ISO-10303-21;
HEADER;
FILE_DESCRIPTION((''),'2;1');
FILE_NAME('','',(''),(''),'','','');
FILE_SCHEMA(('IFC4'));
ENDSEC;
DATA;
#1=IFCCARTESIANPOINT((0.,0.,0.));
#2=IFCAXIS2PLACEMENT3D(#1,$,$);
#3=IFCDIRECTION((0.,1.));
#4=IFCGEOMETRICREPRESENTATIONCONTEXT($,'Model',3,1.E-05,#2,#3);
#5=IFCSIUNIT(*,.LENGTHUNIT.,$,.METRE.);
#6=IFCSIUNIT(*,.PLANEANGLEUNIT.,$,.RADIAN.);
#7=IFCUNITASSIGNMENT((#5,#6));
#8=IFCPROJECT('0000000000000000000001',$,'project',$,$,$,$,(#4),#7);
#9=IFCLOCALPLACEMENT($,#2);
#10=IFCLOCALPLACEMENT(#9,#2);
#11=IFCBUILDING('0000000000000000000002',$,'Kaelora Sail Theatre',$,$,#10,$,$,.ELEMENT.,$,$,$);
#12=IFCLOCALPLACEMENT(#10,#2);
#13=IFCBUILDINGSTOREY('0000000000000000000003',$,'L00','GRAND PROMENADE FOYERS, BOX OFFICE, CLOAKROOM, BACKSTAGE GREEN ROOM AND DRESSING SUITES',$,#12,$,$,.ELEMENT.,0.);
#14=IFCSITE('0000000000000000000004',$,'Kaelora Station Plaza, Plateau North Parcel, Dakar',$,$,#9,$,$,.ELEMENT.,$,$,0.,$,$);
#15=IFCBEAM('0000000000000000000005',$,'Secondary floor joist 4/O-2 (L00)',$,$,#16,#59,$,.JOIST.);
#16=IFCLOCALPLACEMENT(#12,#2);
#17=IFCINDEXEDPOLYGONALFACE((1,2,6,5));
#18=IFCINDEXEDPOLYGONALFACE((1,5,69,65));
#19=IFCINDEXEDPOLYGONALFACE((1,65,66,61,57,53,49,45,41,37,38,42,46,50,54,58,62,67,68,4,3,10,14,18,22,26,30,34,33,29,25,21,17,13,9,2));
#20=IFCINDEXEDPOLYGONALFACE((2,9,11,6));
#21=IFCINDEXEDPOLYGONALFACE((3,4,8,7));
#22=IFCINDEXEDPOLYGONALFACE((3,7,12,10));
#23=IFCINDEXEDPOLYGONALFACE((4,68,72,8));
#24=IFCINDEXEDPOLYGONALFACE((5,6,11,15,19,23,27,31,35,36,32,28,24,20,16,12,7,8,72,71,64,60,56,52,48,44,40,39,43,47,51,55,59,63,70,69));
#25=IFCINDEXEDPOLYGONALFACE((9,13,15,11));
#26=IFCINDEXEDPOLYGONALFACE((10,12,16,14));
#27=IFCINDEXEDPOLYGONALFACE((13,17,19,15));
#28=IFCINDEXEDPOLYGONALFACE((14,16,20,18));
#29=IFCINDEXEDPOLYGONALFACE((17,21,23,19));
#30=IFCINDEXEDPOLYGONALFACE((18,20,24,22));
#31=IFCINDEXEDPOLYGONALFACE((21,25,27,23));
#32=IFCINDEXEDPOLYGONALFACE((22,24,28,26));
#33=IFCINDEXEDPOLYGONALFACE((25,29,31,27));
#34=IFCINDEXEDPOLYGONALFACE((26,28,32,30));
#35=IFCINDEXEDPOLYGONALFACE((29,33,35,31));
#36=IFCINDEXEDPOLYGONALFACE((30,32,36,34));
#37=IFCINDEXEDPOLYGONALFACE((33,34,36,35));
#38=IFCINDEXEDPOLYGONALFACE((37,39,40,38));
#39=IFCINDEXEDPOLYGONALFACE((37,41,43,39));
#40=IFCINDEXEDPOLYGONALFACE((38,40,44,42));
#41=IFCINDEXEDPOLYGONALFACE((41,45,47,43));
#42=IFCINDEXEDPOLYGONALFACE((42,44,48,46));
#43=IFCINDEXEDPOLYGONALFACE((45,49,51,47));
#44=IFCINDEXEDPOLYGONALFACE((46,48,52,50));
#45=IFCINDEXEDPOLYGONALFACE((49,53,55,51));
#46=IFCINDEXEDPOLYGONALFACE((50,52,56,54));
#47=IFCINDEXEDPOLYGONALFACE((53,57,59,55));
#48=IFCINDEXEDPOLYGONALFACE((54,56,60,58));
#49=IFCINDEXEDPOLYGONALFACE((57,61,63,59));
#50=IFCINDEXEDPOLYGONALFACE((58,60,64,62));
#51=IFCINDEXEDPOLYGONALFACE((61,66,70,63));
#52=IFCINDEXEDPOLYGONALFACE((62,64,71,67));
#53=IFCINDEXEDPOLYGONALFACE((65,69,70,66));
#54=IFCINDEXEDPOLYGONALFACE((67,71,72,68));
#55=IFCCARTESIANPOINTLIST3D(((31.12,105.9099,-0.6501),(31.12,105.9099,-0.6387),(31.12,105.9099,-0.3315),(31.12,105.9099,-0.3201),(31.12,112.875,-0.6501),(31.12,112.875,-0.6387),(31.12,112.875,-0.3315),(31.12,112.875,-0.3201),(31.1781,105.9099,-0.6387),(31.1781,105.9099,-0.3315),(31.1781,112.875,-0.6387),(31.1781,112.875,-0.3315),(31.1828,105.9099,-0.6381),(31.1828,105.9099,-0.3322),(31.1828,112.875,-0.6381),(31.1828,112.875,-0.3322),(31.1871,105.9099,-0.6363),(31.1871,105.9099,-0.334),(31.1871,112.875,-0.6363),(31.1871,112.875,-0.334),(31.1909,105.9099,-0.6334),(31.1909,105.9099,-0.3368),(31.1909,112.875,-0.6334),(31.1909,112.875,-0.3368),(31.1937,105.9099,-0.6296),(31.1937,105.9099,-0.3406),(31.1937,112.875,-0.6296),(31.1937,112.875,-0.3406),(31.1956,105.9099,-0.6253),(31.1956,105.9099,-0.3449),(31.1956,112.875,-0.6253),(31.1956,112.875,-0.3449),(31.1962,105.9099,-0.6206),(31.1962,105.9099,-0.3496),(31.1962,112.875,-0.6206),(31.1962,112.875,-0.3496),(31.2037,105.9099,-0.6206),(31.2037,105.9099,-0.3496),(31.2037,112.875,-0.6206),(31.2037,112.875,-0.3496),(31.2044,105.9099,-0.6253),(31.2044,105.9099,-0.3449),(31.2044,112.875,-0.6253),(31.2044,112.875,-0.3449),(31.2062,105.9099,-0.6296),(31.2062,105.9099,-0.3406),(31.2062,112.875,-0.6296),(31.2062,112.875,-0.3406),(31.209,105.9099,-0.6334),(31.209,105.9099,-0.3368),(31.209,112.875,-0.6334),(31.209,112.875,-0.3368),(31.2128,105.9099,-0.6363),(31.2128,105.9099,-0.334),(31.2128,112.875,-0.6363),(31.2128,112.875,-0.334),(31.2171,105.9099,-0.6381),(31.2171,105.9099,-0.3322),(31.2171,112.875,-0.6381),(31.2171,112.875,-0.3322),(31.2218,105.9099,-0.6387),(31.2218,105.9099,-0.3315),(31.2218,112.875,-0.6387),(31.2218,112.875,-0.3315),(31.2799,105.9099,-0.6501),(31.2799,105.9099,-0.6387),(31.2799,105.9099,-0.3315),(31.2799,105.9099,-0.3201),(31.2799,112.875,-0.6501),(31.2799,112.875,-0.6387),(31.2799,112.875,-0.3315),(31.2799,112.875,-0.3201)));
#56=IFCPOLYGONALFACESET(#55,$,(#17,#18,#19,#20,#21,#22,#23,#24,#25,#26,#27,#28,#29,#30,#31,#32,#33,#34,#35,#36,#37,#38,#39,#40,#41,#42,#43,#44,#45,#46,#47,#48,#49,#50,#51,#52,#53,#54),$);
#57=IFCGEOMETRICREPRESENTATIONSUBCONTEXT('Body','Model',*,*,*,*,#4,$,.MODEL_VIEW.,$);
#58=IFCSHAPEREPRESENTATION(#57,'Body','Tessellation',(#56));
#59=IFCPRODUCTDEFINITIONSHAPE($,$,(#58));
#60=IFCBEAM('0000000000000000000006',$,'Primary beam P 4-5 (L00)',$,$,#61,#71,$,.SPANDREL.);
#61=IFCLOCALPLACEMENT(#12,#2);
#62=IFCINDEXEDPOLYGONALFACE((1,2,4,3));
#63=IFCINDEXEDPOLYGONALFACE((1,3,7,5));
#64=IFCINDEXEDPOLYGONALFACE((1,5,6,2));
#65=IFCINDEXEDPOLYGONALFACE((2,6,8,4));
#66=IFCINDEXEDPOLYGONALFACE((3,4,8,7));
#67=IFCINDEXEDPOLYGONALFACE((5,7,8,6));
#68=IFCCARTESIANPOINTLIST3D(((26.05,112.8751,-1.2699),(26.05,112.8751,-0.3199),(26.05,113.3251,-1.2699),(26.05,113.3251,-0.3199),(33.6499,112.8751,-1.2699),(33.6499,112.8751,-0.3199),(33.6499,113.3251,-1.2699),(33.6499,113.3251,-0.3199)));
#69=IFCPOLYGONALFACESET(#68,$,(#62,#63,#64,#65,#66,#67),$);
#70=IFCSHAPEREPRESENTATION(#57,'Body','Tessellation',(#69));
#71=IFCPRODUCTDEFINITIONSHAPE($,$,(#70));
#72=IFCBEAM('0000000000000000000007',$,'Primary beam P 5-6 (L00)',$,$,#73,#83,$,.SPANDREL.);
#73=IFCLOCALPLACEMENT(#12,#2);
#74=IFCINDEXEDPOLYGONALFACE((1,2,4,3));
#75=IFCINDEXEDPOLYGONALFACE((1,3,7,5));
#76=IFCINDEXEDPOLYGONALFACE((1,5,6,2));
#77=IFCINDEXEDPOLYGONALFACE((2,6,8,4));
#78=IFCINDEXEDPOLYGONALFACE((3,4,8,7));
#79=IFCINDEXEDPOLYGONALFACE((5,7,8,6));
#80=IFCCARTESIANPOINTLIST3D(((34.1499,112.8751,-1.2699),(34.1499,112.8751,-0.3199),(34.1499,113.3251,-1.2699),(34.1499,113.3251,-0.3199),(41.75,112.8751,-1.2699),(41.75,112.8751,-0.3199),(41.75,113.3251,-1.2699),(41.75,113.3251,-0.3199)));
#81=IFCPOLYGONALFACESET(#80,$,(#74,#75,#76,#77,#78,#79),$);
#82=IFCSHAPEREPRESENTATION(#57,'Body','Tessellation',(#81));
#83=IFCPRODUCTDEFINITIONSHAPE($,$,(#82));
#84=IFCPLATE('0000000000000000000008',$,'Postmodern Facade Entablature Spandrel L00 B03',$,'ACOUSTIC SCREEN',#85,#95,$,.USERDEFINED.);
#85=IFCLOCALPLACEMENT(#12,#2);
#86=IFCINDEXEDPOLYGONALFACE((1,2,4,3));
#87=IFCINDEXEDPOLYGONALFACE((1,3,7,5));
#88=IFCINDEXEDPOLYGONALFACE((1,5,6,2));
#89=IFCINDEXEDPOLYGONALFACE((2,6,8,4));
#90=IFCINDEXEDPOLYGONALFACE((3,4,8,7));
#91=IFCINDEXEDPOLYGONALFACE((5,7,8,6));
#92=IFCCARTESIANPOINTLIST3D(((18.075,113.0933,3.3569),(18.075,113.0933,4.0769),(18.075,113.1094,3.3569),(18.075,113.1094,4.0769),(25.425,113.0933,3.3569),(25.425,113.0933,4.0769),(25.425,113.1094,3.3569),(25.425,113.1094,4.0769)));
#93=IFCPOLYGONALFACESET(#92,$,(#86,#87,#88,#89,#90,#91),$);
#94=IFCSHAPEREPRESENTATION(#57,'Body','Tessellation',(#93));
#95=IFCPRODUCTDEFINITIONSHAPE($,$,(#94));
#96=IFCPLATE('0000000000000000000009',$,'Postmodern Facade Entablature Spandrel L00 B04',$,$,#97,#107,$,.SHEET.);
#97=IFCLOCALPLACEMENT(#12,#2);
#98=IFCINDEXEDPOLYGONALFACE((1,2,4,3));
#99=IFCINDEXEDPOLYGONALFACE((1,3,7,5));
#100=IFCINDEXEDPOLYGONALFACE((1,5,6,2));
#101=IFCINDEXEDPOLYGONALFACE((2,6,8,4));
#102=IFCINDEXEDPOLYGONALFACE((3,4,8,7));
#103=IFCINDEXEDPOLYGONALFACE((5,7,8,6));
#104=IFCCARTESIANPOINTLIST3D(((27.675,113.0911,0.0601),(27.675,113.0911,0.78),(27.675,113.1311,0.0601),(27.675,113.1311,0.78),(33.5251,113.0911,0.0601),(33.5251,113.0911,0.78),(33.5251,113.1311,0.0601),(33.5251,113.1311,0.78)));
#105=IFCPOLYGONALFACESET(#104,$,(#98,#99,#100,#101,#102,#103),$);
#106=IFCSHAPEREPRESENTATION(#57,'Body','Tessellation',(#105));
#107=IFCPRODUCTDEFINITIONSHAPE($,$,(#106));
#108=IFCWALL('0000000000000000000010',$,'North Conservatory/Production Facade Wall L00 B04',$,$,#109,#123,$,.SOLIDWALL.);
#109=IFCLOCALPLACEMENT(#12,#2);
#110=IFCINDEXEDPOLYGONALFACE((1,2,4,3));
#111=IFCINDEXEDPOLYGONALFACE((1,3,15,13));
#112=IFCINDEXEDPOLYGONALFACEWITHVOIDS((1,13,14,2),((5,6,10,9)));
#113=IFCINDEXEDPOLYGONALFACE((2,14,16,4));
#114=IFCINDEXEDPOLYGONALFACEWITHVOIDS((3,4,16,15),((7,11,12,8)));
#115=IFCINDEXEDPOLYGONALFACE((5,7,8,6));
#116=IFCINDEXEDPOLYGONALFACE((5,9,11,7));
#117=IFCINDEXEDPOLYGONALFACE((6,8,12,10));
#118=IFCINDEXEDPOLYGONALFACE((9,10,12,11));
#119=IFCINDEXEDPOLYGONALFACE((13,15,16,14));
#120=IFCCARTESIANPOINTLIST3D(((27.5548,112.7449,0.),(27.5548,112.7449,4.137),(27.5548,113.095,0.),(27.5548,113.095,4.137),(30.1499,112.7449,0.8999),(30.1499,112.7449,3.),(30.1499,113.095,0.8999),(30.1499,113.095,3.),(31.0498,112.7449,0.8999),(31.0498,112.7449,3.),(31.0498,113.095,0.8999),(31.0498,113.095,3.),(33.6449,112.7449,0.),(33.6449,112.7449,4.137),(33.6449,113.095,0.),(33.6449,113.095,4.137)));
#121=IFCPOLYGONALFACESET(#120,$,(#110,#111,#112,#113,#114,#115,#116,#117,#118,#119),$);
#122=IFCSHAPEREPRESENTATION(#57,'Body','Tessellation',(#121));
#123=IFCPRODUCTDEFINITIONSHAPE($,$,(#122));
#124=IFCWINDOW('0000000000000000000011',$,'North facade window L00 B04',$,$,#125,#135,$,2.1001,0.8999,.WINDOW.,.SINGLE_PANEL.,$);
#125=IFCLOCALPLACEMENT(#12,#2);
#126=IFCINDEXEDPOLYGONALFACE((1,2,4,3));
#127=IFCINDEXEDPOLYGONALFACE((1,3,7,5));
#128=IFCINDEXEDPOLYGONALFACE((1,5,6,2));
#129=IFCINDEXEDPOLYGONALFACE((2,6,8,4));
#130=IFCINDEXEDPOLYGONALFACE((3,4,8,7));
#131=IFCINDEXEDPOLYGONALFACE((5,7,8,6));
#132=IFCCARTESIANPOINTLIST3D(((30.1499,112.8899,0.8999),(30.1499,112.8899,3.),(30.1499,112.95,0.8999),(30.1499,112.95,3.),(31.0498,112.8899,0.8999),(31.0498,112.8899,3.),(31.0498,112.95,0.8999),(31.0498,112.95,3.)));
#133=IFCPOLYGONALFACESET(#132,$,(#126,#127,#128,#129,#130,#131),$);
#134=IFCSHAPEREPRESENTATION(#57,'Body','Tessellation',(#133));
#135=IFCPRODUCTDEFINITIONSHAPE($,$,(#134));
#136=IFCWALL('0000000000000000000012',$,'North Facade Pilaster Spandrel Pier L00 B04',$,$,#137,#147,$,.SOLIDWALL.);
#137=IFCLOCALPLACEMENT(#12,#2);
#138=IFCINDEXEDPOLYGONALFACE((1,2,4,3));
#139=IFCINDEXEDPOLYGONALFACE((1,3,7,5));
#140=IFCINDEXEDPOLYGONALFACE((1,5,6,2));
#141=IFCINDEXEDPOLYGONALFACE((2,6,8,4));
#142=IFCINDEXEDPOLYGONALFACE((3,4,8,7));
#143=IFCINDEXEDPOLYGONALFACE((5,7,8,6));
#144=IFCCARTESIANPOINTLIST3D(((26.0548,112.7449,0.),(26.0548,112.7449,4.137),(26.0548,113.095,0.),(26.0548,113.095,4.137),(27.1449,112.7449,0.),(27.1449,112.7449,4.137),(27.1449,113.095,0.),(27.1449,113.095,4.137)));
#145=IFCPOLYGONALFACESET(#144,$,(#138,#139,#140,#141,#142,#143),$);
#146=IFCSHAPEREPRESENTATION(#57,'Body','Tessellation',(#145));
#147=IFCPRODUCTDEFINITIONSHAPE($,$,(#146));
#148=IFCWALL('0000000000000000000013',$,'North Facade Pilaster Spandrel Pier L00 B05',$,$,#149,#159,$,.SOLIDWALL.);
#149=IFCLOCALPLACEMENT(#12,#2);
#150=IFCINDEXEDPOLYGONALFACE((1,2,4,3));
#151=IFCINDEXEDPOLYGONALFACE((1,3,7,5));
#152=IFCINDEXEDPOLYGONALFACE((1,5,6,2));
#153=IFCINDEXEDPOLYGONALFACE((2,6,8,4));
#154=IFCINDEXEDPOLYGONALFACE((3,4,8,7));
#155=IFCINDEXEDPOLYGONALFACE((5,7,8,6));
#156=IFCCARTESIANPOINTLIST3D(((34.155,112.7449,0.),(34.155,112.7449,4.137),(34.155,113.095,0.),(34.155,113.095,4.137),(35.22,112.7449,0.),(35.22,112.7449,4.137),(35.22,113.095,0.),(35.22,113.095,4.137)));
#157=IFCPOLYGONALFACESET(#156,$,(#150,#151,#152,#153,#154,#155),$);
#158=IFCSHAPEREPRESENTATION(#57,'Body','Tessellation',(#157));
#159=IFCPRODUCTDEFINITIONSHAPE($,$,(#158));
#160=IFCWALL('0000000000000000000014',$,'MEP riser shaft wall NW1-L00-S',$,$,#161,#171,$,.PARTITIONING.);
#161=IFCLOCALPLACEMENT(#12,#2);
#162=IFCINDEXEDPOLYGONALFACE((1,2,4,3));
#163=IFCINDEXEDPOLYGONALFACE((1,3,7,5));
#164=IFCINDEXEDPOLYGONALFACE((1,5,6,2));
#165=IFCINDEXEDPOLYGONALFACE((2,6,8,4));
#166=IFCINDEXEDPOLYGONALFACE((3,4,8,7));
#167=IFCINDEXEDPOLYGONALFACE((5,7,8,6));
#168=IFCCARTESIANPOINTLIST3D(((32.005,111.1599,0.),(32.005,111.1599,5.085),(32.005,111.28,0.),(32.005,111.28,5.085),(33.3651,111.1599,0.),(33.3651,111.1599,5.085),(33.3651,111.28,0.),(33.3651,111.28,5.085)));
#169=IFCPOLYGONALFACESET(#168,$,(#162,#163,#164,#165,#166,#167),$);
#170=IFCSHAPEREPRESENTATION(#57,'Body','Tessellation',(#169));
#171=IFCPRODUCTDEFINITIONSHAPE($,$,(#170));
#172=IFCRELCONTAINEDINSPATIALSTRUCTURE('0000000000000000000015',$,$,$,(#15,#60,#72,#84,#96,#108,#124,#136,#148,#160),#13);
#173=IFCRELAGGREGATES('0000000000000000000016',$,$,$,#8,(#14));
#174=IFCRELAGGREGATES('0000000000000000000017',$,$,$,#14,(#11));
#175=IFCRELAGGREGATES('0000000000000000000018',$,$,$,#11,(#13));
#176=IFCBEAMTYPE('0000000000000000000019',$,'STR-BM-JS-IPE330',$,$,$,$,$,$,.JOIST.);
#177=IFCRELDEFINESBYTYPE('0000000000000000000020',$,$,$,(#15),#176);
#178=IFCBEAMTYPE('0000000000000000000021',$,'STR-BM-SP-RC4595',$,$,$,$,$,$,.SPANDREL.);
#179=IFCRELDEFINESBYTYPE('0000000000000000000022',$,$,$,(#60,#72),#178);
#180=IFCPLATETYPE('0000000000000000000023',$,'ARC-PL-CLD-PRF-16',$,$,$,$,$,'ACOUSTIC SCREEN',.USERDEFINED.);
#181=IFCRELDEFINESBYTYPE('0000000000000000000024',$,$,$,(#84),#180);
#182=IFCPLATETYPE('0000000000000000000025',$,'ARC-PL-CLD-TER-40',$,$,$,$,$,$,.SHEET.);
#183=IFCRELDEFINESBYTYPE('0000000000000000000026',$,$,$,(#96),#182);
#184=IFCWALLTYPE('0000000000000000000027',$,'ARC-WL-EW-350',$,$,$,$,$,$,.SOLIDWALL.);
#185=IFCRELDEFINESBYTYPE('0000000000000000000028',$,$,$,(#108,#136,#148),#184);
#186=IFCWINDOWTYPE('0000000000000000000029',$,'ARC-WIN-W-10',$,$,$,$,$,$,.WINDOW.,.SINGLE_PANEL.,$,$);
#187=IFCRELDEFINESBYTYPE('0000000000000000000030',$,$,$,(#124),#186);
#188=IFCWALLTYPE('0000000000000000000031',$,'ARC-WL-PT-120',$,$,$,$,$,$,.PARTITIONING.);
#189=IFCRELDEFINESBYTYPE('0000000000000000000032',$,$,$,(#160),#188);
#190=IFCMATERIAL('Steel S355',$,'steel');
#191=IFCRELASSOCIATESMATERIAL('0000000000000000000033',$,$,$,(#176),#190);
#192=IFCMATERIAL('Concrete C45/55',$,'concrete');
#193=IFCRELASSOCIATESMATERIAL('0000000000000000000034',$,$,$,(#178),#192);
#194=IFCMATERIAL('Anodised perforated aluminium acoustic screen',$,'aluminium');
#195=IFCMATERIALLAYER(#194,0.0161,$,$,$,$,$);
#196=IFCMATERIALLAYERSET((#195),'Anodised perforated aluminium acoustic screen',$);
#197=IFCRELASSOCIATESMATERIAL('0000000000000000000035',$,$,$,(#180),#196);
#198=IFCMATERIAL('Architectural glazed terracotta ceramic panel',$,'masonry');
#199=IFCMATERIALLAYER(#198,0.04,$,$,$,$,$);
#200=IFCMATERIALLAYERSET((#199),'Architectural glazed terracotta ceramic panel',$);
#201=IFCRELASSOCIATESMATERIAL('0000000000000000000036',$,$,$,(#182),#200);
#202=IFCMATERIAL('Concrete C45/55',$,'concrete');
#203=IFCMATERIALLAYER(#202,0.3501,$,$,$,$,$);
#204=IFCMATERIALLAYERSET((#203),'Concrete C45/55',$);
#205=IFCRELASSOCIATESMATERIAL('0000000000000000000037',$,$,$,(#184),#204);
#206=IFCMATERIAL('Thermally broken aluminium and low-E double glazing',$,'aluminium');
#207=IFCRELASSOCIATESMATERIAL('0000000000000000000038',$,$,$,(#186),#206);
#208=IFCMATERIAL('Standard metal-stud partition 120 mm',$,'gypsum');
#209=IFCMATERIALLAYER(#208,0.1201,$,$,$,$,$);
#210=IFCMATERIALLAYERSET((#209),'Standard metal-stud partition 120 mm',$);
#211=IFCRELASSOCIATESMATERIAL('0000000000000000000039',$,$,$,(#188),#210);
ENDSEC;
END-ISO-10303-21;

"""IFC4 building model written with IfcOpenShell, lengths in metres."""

from ifc_helpers import new_model, si_unit, direction, frame, frame_2d, origin, origin_2d, place, context, subcontext, project, spatial, rectangle, i_section, extrude, material, layer, layer_set, material_profile, profile_set, type_object, element, fill, save


model = new_model("IFC4")

# Units and contexts
model_context = context("Model", 3, precision=1e-05, world=origin(), true_north=direction((0.0, 1.0)))
body_context = subcontext(model_context, "Body", "Model", "MODEL_VIEW")
ifc_project = project(units=[si_unit("LENGTHUNIT", "METRE"), si_unit("PLANEANGLEUNIT", "RADIAN")], contexts=[model_context])

# Site, building, storey
site_placement = place(None, origin())
site = spatial("IfcSite", under=ifc_project, at=site_placement, Name="Kaelora Station Plaza, Plateau North Parcel, Dakar", CompositionType="ELEMENT", RefElevation=0.0)
building_placement = place(site_placement, origin())
building = spatial("IfcBuilding", under=site, at=building_placement, Name="Kaelora Sail Theatre", CompositionType="ELEMENT")
storey_placement = place(building_placement, origin())
storey = spatial("IfcBuildingStorey", under=building, at=storey_placement, Name="L00", Description="GRAND PROMENADE FOYERS, BOX OFFICE, CLOAKROOM, BACKSTAGE GREEN ROOM AND DRESSING SUITES", CompositionType="ELEMENT", Elevation=0.0)

# Beams
ifc_material_1 = material(Name="Steel S355", Category="steel")
ifc_material_profile_1 = material_profile(ifc_material_1, i_section(OverallWidth=0.1599, OverallDepth=0.3301, WebThickness=0.0076, FlangeThickness=0.0115, FilletRadius=0.0181, at=origin_2d()), Name="IPE 330")
ifc_profile_set_1 = profile_set([ifc_material_profile_1], Name="Steel S355")
beam_type_1 = type_object("IfcBeamType", Name="STR-BM-JS-IPE330", PredefinedType="JOIST", material=ifc_profile_set_1)
beam_1_placement = place(storey_placement, frame((31.2, 105.9099, -0.4851), z_axis=(0.0, 1.0, 0.0), x_axis=(-1.0, 0.0, 0.0)))
element("IfcBeam", 1, at=beam_1_placement, inside=storey, type_object=beam_type_1, Name="Secondary floor joist 4/O-2 (L00)", PredefinedType="JOIST", context=body_context, shape_type="SweptSolid", body=[
    extrude(i_section(OverallWidth=0.1599, OverallDepth=0.3301, WebThickness=0.0076, FlangeThickness=0.0115, FilletRadius=0.0181, at=origin_2d()), origin(), (0.0, 0.0, 1.0), 6.9651),
])
ifc_material_2 = material(Name="Concrete C45/55", Category="concrete")
ifc_material_profile_2 = material_profile(ifc_material_2, rectangle(XDim=0.45, YDim=0.95, at=origin_2d()), Name="RC-SPN 450x950")
ifc_profile_set_2 = profile_set([ifc_material_profile_2], Name="Concrete C45/55")
beam_type_2 = type_object("IfcBeamType", Name="STR-BM-SP-RC4595", PredefinedType="SPANDREL", material=ifc_profile_set_2)
beam_2_placement = place(storey_placement, frame((26.05, 113.1001, -0.7949), z_axis=(1.0, 0.0, 0.0), x_axis=(0.0, 1.0, 0.0)))
element("IfcBeam", 2, at=beam_2_placement, inside=storey, type_object=beam_type_2, Name="Primary beam P 4-5 (L00)", PredefinedType="SPANDREL", context=body_context, shape_type="SweptSolid", body=[
    extrude(rectangle(XDim=0.45, YDim=0.95, at=origin_2d()), origin(), (0.0, 0.0, 1.0), 7.5999),
])
beam_3_placement = place(storey_placement, frame((34.1499, 113.1001, -0.7949), z_axis=(1.0, 0.0, 0.0), x_axis=(0.0, 1.0, 0.0)))
element("IfcBeam", 3, at=beam_3_placement, inside=storey, type_object=beam_type_2, Name="Primary beam P 5-6 (L00)", PredefinedType="SPANDREL", context=body_context, shape_type="SweptSolid", body=[
    extrude(rectangle(XDim=0.45, YDim=0.95, at=origin_2d()), origin(), (0.0, 0.0, 1.0), 7.6001),
])

# Plates
ifc_material_3 = material(Name="Anodised perforated aluminium acoustic screen", Category="aluminium")
ifc_layer_1 = layer(ifc_material_3, 0.0161)
ifc_layer_set_1 = layer_set([ifc_layer_1], Name="Anodised perforated aluminium acoustic screen")
plate_type_1 = type_object("IfcPlateType", Name="ARC-PL-CLD-PRF-16", ElementType="ACOUSTIC SCREEN", PredefinedType="USERDEFINED", material=ifc_layer_set_1)
plate_1_placement = place(storey_placement, frame((21.75, 113.1013, 3.3569), z_axis=(0.0, 0.0, 1.0), x_axis=(1.0, 0.0, 0.0)))
element("IfcPlate", 4, at=plate_1_placement, inside=storey, type_object=plate_type_1, Name="Postmodern Facade Entablature Spandrel L00 B03", ObjectType="ACOUSTIC SCREEN", PredefinedType="USERDEFINED", context=body_context, shape_type="SweptSolid", body=[
    extrude(rectangle(XDim=7.3501, YDim=0.0161, at=origin_2d()), origin(), (0.0, 0.0, 1.0), 0.72),
])
ifc_material_4 = material(Name="Architectural glazed terracotta ceramic panel", Category="masonry")
ifc_layer_2 = layer(ifc_material_4, 0.04)
ifc_layer_set_2 = layer_set([ifc_layer_2], Name="Architectural glazed terracotta ceramic panel")
plate_type_2 = type_object("IfcPlateType", Name="ARC-PL-CLD-TER-40", PredefinedType="SHEET", material=ifc_layer_set_2)
plate_2_placement = place(storey_placement, frame((30.6001, 113.1111, 0.0601), z_axis=(0.0, 0.0, 1.0), x_axis=(1.0, 0.0, 0.0)))
element("IfcPlate", 5, at=plate_2_placement, inside=storey, type_object=plate_type_2, Name="Postmodern Facade Entablature Spandrel L00 B04", PredefinedType="SHEET", context=body_context, shape_type="SweptSolid", body=[
    extrude(rectangle(XDim=5.8501, YDim=0.04, at=origin_2d()), origin(), (0.0, 0.0, 1.0), 0.72),
])

# Wall, opening, window
ifc_material_5 = material(Name="Concrete C45/55", Category="concrete")
ifc_layer_3 = layer(ifc_material_5, 0.3501)
ifc_layer_set_3 = layer_set([ifc_layer_3], Name="Concrete C45/55")
wall_type_1 = type_object("IfcWallType", Name="ARC-WL-EW-350", PredefinedType="SOLIDWALL", material=ifc_layer_set_3)
wall_1_placement = place(storey_placement, frame((27.5549, 112.9199, 0.0), z_axis=(0.0, 0.0, 1.0), x_axis=(1.0, 0.0, 0.0)))
wall_1 = element("IfcWall", 6, at=wall_1_placement, inside=storey, type_object=wall_type_1, Name="North Conservatory/Production Facade Wall L00 B04", PredefinedType="SOLIDWALL", context=body_context, shape_type="SweptSolid", body=[
    extrude(rectangle(XDim=6.0901, YDim=0.3501, at=frame_2d((3.0449, 0.0))), origin(), (0.0, 0.0, 1.0), 4.137),
])
opening_placement = place(wall_1_placement, frame((2.595, 0.0, 0.8999)))
opening = element("IfcOpeningElement", 7, at=opening_placement, cuts=wall_1, PredefinedType="OPENING", context=body_context, shape_type="SweptSolid", body=[
    extrude(rectangle(XDim=0.8999, YDim=2.1001, at=frame_2d((0.45, 1.05))), frame((0.0, 0.185, 0.0), z_axis=(0.0, -1.0, 0.0), x_axis=(1.0, 0.0, 0.0)), (0.0, 0.0, 1.0), 0.3701),
])
ifc_material_6 = material(Name="Thermally broken aluminium and low-E double glazing", Category="aluminium")
window_type = type_object("IfcWindowType", Name="ARC-WIN-W-10", PartitioningType="SINGLE_PANEL", PredefinedType="WINDOW", material=ifc_material_6)
window_placement = place(opening_placement, origin())
window = element("IfcWindow", 8, at=window_placement, inside=storey, type_object=window_type, Name="North facade window L00 B04", OverallHeight=2.1001, OverallWidth=0.8999, PartitioningType="SINGLE_PANEL", PredefinedType="WINDOW", context=body_context, shape_type="SweptSolid", body=[
    extrude(rectangle(XDim=0.8999, YDim=2.1001, at=frame_2d((0.45, 1.05))), frame((0.0, 0.03, 0.0), z_axis=(0.0, -1.0, 0.0), x_axis=(1.0, 0.0, 0.0)), (0.0, 0.0, 1.0), 0.0601),
])
fill(opening, window)

# Walls
wall_2_placement = place(storey_placement, frame((26.0549, 112.9199, 0.0), z_axis=(0.0, 0.0, 1.0), x_axis=(1.0, 0.0, 0.0)))
element("IfcWall", 9, at=wall_2_placement, inside=storey, type_object=wall_type_1, Name="North Facade Pilaster Spandrel Pier L00 B04", PredefinedType="SOLIDWALL", context=body_context, shape_type="SweptSolid", body=[
    extrude(rectangle(XDim=1.0901, YDim=0.3501, at=frame_2d((0.5449, 0.0))), origin(), (0.0, 0.0, 1.0), 4.137),
])
wall_3_placement = place(storey_placement, frame((34.155, 112.9199, 0.0), z_axis=(0.0, 0.0, 1.0), x_axis=(1.0, 0.0, 0.0)))
element("IfcWall", 10, at=wall_3_placement, inside=storey, type_object=wall_type_1, Name="North Facade Pilaster Spandrel Pier L00 B05", PredefinedType="SOLIDWALL", context=body_context, shape_type="SweptSolid", body=[
    extrude(rectangle(XDim=1.0649, YDim=0.3501, at=frame_2d((0.5325, 0.0))), origin(), (0.0, 0.0, 1.0), 4.137),
])
ifc_material_7 = material(Name="Standard metal-stud partition 120 mm", Category="gypsum")
ifc_layer_4 = layer(ifc_material_7, 0.1201)
ifc_layer_set_4 = layer_set([ifc_layer_4], Name="Standard metal-stud partition 120 mm")
wall_type_2 = type_object("IfcWallType", Name="ARC-WL-PT-120", PredefinedType="PARTITIONING", material=ifc_layer_set_4)
for number, where, z_axis, x_axis, name in (
    (11, (32.0049, 111.22, 0.0), (0.0, 0.0, 1.0), (1.0, 0.0, 0.0), "MEP riser shaft wall NW1-L00-S"),
):
    element("IfcWall", number, at=place(storey_placement, frame(where, z_axis=z_axis, x_axis=x_axis)), inside=storey, type_object=wall_type_2, Name=name, PredefinedType="PARTITIONING", context=body_context, shape_type="SweptSolid", body=[
        extrude(rectangle(XDim=1.3601, YDim=0.1201, at=frame_2d((0.6802, 0.0))), origin(), (0.0, 0.0, 1.0), 5.085),
    ])

save(model, "model.ifc")
